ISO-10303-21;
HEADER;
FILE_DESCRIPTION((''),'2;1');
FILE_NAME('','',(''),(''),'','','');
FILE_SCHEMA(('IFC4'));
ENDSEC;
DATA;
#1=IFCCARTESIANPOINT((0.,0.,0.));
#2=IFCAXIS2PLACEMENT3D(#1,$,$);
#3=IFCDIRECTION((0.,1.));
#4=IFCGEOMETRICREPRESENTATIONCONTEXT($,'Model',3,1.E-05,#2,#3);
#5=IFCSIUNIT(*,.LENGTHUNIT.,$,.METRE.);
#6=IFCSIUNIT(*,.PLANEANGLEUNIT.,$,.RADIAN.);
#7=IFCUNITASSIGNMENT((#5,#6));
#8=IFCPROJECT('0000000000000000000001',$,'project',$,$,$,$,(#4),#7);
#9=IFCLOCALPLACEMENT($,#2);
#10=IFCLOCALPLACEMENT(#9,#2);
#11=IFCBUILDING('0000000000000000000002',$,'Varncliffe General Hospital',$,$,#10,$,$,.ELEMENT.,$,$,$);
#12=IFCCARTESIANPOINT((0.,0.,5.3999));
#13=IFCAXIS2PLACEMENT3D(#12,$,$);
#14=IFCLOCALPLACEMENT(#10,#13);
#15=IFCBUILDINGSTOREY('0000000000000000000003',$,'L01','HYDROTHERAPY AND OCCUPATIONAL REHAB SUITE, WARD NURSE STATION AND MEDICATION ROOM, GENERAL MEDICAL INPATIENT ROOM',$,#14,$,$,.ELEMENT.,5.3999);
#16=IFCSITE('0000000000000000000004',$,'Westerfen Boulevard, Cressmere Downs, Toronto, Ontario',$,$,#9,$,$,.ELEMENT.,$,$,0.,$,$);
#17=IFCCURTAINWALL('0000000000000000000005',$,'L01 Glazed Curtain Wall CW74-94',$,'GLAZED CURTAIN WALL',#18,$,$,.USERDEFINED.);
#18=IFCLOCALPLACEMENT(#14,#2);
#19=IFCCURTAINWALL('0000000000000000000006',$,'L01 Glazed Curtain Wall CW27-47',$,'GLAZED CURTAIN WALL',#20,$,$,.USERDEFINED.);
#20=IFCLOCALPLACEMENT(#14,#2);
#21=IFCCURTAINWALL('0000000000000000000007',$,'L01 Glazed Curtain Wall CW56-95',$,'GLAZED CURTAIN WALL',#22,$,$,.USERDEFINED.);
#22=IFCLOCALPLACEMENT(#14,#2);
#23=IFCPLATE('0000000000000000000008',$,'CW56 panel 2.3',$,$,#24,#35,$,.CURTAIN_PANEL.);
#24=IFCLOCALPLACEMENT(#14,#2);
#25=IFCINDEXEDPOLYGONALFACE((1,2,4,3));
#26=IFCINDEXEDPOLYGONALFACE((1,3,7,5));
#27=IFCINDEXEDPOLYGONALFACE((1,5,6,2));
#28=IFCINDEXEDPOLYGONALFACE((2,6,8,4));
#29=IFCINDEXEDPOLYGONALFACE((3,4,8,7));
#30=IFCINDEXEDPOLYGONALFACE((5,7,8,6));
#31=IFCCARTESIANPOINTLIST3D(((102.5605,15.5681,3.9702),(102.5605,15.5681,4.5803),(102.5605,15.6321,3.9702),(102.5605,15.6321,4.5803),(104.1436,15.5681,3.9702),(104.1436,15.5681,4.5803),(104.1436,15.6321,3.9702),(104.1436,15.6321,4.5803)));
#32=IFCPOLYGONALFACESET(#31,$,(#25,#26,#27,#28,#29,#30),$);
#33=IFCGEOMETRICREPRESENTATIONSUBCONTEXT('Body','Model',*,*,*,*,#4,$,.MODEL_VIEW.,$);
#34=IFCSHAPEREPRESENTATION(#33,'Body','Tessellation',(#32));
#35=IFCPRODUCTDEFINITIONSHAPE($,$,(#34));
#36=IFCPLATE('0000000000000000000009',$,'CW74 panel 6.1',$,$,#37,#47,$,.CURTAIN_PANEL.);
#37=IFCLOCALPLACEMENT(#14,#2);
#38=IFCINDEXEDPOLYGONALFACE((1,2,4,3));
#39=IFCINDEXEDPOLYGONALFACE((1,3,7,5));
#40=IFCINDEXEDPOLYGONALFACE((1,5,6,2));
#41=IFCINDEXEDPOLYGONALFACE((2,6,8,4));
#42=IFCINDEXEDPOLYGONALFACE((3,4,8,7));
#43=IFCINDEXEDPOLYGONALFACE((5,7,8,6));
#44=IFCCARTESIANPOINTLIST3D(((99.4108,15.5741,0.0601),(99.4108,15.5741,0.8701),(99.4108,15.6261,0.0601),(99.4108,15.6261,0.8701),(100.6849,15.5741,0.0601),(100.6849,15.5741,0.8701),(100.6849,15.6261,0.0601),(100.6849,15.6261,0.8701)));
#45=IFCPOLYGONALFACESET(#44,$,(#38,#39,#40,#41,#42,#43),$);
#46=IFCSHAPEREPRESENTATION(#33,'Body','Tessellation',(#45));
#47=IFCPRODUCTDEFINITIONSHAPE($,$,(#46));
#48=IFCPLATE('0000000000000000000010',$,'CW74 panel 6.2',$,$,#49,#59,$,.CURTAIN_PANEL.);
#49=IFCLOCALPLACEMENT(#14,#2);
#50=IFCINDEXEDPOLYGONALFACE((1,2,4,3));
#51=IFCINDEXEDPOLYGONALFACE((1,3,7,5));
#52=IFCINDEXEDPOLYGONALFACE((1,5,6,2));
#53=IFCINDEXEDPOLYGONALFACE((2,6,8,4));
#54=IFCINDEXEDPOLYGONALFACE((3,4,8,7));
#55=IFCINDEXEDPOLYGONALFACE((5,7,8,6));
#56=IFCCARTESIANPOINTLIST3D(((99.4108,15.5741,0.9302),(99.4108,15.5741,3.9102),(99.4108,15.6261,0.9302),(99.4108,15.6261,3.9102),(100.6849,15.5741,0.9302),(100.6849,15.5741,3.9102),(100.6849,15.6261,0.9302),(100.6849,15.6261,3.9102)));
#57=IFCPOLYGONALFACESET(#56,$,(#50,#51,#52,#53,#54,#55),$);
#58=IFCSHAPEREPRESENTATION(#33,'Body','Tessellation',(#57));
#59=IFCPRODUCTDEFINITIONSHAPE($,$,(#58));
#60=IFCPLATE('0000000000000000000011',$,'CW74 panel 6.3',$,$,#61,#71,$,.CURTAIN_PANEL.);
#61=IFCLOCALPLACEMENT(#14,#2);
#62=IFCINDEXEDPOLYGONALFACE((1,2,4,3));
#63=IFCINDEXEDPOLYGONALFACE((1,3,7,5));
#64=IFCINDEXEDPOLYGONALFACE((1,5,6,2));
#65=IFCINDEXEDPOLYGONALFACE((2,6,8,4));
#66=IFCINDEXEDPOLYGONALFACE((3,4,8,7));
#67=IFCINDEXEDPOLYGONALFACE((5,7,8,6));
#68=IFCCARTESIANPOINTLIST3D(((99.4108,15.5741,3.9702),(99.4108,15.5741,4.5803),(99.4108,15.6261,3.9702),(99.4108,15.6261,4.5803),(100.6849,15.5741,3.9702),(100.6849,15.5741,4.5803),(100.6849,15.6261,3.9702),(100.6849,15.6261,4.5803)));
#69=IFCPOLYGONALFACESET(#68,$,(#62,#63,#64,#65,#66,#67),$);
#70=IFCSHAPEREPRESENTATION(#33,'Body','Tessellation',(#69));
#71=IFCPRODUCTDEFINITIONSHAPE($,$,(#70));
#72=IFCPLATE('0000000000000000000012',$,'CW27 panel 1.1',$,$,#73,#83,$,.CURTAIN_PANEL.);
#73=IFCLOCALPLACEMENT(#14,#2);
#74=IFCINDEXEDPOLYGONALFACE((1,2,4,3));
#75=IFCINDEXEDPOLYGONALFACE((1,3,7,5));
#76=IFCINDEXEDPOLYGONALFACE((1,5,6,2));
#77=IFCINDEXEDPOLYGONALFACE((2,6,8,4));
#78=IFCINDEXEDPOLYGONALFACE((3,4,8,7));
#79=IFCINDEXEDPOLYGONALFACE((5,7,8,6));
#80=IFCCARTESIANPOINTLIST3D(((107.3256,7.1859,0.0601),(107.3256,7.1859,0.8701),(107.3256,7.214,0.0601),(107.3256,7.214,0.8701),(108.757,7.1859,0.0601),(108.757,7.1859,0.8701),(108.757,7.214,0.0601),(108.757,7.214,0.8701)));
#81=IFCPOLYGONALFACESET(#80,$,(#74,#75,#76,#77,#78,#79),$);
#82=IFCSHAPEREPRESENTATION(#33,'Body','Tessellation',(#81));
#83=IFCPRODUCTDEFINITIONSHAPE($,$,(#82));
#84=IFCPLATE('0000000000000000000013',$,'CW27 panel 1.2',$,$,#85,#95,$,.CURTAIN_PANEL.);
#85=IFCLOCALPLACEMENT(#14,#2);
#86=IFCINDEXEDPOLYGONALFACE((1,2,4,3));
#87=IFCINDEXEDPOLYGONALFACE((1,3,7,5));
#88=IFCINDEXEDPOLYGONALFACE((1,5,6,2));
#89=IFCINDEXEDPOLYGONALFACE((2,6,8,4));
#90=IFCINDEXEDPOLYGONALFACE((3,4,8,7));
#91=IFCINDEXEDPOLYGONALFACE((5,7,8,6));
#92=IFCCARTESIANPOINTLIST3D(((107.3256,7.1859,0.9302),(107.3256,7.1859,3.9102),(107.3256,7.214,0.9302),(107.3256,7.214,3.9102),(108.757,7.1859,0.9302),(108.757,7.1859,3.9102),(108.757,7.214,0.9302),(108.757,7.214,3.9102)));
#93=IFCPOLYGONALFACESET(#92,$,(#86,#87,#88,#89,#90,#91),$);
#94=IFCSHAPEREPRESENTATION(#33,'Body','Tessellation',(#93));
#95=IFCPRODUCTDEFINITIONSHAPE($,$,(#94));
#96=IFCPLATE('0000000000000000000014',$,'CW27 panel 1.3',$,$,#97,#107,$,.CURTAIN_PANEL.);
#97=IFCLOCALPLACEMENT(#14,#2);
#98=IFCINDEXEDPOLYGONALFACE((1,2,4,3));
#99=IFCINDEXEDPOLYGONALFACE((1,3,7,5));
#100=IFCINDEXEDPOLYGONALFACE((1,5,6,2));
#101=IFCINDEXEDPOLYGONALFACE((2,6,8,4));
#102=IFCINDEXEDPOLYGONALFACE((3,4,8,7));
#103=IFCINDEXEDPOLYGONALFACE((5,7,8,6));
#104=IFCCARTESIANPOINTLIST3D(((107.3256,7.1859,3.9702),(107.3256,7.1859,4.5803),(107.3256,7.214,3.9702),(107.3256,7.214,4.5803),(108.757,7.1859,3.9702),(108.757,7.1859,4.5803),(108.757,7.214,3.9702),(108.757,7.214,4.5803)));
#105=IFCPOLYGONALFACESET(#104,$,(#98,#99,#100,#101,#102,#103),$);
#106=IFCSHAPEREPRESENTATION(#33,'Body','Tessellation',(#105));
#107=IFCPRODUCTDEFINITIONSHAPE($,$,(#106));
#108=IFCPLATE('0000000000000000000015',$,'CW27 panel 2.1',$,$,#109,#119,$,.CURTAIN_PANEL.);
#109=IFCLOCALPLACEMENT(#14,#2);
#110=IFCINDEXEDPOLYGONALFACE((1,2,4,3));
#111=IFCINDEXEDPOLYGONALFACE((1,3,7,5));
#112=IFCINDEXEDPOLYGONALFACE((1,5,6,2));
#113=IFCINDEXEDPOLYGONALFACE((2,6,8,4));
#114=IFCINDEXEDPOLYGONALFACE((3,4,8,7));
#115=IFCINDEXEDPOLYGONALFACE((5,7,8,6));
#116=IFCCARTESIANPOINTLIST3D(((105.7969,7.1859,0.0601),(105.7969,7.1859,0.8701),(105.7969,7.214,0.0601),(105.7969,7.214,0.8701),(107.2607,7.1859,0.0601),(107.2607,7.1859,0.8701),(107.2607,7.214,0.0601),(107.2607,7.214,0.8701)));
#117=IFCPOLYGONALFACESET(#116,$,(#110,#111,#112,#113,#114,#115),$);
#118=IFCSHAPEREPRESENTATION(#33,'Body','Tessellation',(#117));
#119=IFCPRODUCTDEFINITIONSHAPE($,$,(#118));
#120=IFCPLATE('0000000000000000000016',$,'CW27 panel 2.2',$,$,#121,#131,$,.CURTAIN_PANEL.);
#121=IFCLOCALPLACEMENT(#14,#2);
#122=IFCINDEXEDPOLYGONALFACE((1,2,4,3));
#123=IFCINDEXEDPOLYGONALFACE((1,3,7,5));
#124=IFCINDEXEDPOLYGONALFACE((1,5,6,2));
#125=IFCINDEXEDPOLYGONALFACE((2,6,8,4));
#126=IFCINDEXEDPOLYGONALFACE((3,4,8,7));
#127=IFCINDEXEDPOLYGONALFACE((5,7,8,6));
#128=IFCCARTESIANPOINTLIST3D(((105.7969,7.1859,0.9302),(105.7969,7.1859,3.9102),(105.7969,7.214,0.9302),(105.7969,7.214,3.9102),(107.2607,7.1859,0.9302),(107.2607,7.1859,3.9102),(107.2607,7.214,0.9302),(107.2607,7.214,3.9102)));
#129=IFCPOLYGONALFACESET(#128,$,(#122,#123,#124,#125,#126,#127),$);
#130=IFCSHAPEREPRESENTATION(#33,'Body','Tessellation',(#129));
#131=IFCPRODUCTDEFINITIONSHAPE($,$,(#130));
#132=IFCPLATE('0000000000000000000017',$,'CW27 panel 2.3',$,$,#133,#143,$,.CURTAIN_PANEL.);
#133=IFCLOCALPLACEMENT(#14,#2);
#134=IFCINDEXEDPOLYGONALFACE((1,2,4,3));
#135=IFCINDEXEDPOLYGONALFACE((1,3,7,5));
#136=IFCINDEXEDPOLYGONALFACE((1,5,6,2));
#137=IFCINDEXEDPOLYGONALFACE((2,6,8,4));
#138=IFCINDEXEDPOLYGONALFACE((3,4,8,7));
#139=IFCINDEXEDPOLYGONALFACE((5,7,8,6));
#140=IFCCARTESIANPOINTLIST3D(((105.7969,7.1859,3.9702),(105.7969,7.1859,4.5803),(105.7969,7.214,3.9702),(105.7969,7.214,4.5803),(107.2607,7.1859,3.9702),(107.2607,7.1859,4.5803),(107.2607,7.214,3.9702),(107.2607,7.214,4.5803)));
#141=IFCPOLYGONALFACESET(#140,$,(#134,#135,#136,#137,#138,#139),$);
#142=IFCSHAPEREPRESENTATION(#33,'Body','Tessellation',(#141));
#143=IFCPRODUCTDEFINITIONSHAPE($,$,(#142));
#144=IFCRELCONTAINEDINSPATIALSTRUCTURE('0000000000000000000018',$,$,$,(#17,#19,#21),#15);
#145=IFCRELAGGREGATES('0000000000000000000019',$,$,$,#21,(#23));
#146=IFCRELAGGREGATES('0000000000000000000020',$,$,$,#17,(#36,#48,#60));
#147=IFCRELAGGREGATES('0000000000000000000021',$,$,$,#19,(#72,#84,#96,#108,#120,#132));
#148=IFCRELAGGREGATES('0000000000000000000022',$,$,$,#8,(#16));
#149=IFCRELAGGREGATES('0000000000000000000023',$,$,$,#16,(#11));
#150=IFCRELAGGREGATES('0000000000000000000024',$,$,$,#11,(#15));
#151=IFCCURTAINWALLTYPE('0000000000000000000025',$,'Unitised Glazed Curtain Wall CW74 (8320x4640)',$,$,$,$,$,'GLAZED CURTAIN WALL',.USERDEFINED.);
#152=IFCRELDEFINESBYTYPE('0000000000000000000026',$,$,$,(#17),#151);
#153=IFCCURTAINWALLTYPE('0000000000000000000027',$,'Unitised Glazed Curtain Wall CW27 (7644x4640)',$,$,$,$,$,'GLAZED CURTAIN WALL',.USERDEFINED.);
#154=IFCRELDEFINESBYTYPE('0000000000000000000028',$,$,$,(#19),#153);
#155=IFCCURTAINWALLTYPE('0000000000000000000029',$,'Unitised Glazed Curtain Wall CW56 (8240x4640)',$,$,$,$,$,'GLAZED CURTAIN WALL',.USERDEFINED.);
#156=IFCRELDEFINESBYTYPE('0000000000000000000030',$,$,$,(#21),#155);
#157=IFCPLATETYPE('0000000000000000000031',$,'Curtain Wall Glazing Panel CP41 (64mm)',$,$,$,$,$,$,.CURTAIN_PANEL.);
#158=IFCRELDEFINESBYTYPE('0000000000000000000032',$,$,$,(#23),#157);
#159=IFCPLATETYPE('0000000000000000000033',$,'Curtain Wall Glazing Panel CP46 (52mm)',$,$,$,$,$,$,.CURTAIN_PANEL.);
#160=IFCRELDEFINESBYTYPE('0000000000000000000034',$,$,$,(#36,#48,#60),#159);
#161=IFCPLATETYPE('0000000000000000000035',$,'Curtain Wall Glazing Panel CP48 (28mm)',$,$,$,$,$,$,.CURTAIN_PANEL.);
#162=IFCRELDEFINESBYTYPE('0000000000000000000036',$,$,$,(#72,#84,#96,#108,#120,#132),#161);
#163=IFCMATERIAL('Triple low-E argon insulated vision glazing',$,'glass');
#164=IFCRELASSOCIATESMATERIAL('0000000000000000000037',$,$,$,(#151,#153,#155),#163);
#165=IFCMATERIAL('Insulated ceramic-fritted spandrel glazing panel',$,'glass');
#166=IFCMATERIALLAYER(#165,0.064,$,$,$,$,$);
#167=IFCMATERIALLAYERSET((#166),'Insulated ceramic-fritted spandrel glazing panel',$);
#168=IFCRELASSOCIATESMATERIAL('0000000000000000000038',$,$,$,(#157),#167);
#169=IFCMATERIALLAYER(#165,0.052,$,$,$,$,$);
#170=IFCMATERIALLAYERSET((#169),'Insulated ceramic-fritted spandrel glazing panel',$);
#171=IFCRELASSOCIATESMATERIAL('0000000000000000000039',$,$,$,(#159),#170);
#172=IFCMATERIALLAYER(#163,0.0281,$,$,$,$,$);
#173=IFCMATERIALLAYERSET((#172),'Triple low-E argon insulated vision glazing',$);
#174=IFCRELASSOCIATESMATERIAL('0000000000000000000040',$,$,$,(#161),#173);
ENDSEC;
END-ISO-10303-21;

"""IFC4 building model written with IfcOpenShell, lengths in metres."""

from ifc_helpers import new_model, si_unit, direction, frame, origin, origin_2d, place, context, subcontext, project, spatial, rectangle, extrude, material, layer, layer_set, type_object, element, aggregate, save


model = new_model("IFC4")

# Units and contexts
model_context = context("Model", 3, precision=1e-05, world=origin(), true_north=direction((0.0, 1.0)))
body_context = subcontext(model_context, "Body", "Model", "MODEL_VIEW")
ifc_project = project(units=[si_unit("LENGTHUNIT", "METRE"), si_unit("PLANEANGLEUNIT", "RADIAN")], contexts=[model_context])

# Site, building, storey
site_placement = place(None, origin())
site = spatial("IfcSite", under=ifc_project, at=site_placement, Name="Westerfen Boulevard, Cressmere Downs, Toronto, Ontario", CompositionType="ELEMENT", RefElevation=0.0)
building_placement = place(site_placement, origin())
building = spatial("IfcBuilding", under=site, at=building_placement, Name="Varncliffe General Hospital", CompositionType="ELEMENT")
storey_placement = place(building_placement, frame((0.0, 0.0, 5.3999)))
storey = spatial("IfcBuildingStorey", under=building, at=storey_placement, Name="L01", Description="HYDROTHERAPY AND OCCUPATIONAL REHAB SUITE, WARD NURSE STATION AND MEDICATION ROOM, GENERAL MEDICAL INPATIENT ROOM", CompositionType="ELEMENT", Elevation=5.3999)

# Curtain wall
ifc_material_1 = material(Name="Triple low-E argon insulated vision glazing", Category="glass")
curtain_wall_type_1 = type_object("IfcCurtainWallType", Name="Unitised Glazed Curtain Wall CW74 (8320x4640)", ElementType="GLAZED CURTAIN WALL", PredefinedType="USERDEFINED", material=ifc_material_1)
curtain_wall_1_placement = place(storey_placement, origin())
curtain_wall_1 = element("IfcCurtainWall", 1, at=curtain_wall_1_placement, inside=storey, type_object=curtain_wall_type_1, Name="L01 Glazed Curtain Wall CW74-94", ObjectType="GLAZED CURTAIN WALL", PredefinedType="USERDEFINED")

# Curtain walls
curtain_wall_type_2 = type_object("IfcCurtainWallType", Name="Unitised Glazed Curtain Wall CW27 (7644x4640)", ElementType="GLAZED CURTAIN WALL", PredefinedType="USERDEFINED", material=ifc_material_1)
curtain_wall_2_placement = place(storey_placement, origin())
curtain_wall_2 = element("IfcCurtainWall", 2, at=curtain_wall_2_placement, inside=storey, type_object=curtain_wall_type_2, Name="L01 Glazed Curtain Wall CW27-47", ObjectType="GLAZED CURTAIN WALL", PredefinedType="USERDEFINED")
curtain_wall_type_3 = type_object("IfcCurtainWallType", Name="Unitised Glazed Curtain Wall CW56 (8240x4640)", ElementType="GLAZED CURTAIN WALL", PredefinedType="USERDEFINED", material=ifc_material_1)
curtain_wall_3_placement = place(storey_placement, origin())
curtain_wall_3 = element("IfcCurtainWall", 3, at=curtain_wall_3_placement, inside=storey, type_object=curtain_wall_type_3, Name="L01 Glazed Curtain Wall CW56-95", ObjectType="GLAZED CURTAIN WALL", PredefinedType="USERDEFINED")

# Plates
ifc_material_2 = material(Name="Insulated ceramic-fritted spandrel glazing panel", Category="glass")
ifc_layer_1 = layer(ifc_material_2, 0.064)
ifc_layer_set_1 = layer_set([ifc_layer_1], Name="Insulated ceramic-fritted spandrel glazing panel")
plate_type_1 = type_object("IfcPlateType", Name="Curtain Wall Glazing Panel CP41 (64mm)", PredefinedType="CURTAIN_PANEL", material=ifc_layer_set_1)
plate_1_placement = place(storey_placement, frame((103.3521, 15.6001, 3.9702), z_axis=(0.0, 0.0, 1.0), x_axis=(1.0, 0.0, 0.0)))
plate_1 = element("IfcPlate", 4, at=plate_1_placement, type_object=plate_type_1, Name="CW56 panel 2.3", PredefinedType="CURTAIN_PANEL", context=body_context, shape_type="SweptSolid", body=[
    extrude(rectangle(XDim=1.583, YDim=0.064, at=origin_2d()), origin(), (0.0, 0.0, 1.0), 0.6101),
])
aggregate(curtain_wall_3, [plate_1])
ifc_layer_2 = layer(ifc_material_2, 0.052)
ifc_layer_set_2 = layer_set([ifc_layer_2], Name="Insulated ceramic-fritted spandrel glazing panel")
plate_type_2 = type_object("IfcPlateType", Name="Curtain Wall Glazing Panel CP46 (52mm)", PredefinedType="CURTAIN_PANEL", material=ifc_layer_set_2)
plate_2_placement = place(storey_placement, frame((100.0479, 15.6001, 0.0601), z_axis=(0.0, 0.0, 1.0), x_axis=(1.0, 0.0, 0.0)))
plate_2 = element("IfcPlate", 5, at=plate_2_placement, type_object=plate_type_2, Name="CW74 panel 6.1", PredefinedType="CURTAIN_PANEL", context=body_context, shape_type="SweptSolid", body=[
    extrude(rectangle(XDim=1.2742, YDim=0.052, at=origin_2d()), origin(), (0.0, 0.0, 1.0), 0.8101),
])
plate_3_placement = place(storey_placement, frame((100.0479, 15.6001, 0.9302), z_axis=(0.0, 0.0, 1.0), x_axis=(1.0, 0.0, 0.0)))
plate_3 = element("IfcPlate", 6, at=plate_3_placement, type_object=plate_type_2, Name="CW74 panel 6.2", PredefinedType="CURTAIN_PANEL", context=body_context, shape_type="SweptSolid", body=[
    extrude(rectangle(XDim=1.2742, YDim=0.052, at=origin_2d()), origin(), (0.0, 0.0, 1.0), 2.98),
])
plate_4_placement = place(storey_placement, frame((100.0479, 15.6001, 3.9702), z_axis=(0.0, 0.0, 1.0), x_axis=(1.0, 0.0, 0.0)))
plate_4 = element("IfcPlate", 7, at=plate_4_placement, type_object=plate_type_2, Name="CW74 panel 6.3", PredefinedType="CURTAIN_PANEL", context=body_context, shape_type="SweptSolid", body=[
    extrude(rectangle(XDim=1.2742, YDim=0.052, at=origin_2d()), origin(), (0.0, 0.0, 1.0), 0.6101),
])
aggregate(curtain_wall_1, [plate_2, plate_3, plate_4])
ifc_layer_3 = layer(ifc_material_1, 0.0281)
ifc_layer_set_3 = layer_set([ifc_layer_3], Name="Triple low-E argon insulated vision glazing")
plate_type_3 = type_object("IfcPlateType", Name="Curtain Wall Glazing Panel CP48 (28mm)", PredefinedType="CURTAIN_PANEL", material=ifc_layer_set_3)
plate_5_placement = place(storey_placement, frame((108.0413, 7.2, 0.0601), z_axis=(0.0, 0.0, 1.0), x_axis=(-1.0, 0.0, 0.0)))
plate_5 = element("IfcPlate", 8, at=plate_5_placement, type_object=plate_type_3, Name="CW27 panel 1.1", PredefinedType="CURTAIN_PANEL", context=body_context, shape_type="SweptSolid", body=[
    extrude(rectangle(XDim=1.4314, YDim=0.0281, at=origin_2d()), origin(), (0.0, 0.0, 1.0), 0.8101),
])
plate_6_placement = place(storey_placement, frame((108.0413, 7.2, 0.9302), z_axis=(0.0, 0.0, 1.0), x_axis=(-1.0, 0.0, 0.0)))
plate_6 = element("IfcPlate", 9, at=plate_6_placement, type_object=plate_type_3, Name="CW27 panel 1.2", PredefinedType="CURTAIN_PANEL", context=body_context, shape_type="SweptSolid", body=[
    extrude(rectangle(XDim=1.4314, YDim=0.0281, at=origin_2d()), origin(), (0.0, 0.0, 1.0), 2.98),
])
plate_7_placement = place(storey_placement, frame((108.0413, 7.2, 3.9702), z_axis=(0.0, 0.0, 1.0), x_axis=(-1.0, 0.0, 0.0)))
plate_7 = element("IfcPlate", 10, at=plate_7_placement, type_object=plate_type_3, Name="CW27 panel 1.3", PredefinedType="CURTAIN_PANEL", context=body_context, shape_type="SweptSolid", body=[
    extrude(rectangle(XDim=1.4314, YDim=0.0281, at=origin_2d()), origin(), (0.0, 0.0, 1.0), 0.6101),
])
plate_8_placement = place(storey_placement, frame((106.5288, 7.2, 0.0601), z_axis=(0.0, 0.0, 1.0), x_axis=(-1.0, 0.0, 0.0)))
plate_8 = element("IfcPlate", 11, at=plate_8_placement, type_object=plate_type_3, Name="CW27 panel 2.1", PredefinedType="CURTAIN_PANEL", context=body_context, shape_type="SweptSolid", body=[
    extrude(rectangle(XDim=1.4639, YDim=0.0281, at=origin_2d()), origin(), (0.0, 0.0, 1.0), 0.8101),
])
plate_9_placement = place(storey_placement, frame((106.5288, 7.2, 0.9302), z_axis=(0.0, 0.0, 1.0), x_axis=(-1.0, 0.0, 0.0)))
plate_9 = element("IfcPlate", 12, at=plate_9_placement, type_object=plate_type_3, Name="CW27 panel 2.2", PredefinedType="CURTAIN_PANEL", context=body_context, shape_type="SweptSolid", body=[
    extrude(rectangle(XDim=1.4639, YDim=0.0281, at=origin_2d()), origin(), (0.0, 0.0, 1.0), 2.98),
])
plate_10_placement = place(storey_placement, frame((106.5288, 7.2, 3.9702), z_axis=(0.0, 0.0, 1.0), x_axis=(-1.0, 0.0, 0.0)))
plate_10 = element("IfcPlate", 13, at=plate_10_placement, type_object=plate_type_3, Name="CW27 panel 2.3", PredefinedType="CURTAIN_PANEL", context=body_context, shape_type="SweptSolid", body=[
    extrude(rectangle(XDim=1.4639, YDim=0.0281, at=origin_2d()), origin(), (0.0, 0.0, 1.0), 0.6101),
])
aggregate(curtain_wall_2, [plate_5, plate_6, plate_7, plate_8, plate_9, plate_10])

save(model, "model.ifc")
